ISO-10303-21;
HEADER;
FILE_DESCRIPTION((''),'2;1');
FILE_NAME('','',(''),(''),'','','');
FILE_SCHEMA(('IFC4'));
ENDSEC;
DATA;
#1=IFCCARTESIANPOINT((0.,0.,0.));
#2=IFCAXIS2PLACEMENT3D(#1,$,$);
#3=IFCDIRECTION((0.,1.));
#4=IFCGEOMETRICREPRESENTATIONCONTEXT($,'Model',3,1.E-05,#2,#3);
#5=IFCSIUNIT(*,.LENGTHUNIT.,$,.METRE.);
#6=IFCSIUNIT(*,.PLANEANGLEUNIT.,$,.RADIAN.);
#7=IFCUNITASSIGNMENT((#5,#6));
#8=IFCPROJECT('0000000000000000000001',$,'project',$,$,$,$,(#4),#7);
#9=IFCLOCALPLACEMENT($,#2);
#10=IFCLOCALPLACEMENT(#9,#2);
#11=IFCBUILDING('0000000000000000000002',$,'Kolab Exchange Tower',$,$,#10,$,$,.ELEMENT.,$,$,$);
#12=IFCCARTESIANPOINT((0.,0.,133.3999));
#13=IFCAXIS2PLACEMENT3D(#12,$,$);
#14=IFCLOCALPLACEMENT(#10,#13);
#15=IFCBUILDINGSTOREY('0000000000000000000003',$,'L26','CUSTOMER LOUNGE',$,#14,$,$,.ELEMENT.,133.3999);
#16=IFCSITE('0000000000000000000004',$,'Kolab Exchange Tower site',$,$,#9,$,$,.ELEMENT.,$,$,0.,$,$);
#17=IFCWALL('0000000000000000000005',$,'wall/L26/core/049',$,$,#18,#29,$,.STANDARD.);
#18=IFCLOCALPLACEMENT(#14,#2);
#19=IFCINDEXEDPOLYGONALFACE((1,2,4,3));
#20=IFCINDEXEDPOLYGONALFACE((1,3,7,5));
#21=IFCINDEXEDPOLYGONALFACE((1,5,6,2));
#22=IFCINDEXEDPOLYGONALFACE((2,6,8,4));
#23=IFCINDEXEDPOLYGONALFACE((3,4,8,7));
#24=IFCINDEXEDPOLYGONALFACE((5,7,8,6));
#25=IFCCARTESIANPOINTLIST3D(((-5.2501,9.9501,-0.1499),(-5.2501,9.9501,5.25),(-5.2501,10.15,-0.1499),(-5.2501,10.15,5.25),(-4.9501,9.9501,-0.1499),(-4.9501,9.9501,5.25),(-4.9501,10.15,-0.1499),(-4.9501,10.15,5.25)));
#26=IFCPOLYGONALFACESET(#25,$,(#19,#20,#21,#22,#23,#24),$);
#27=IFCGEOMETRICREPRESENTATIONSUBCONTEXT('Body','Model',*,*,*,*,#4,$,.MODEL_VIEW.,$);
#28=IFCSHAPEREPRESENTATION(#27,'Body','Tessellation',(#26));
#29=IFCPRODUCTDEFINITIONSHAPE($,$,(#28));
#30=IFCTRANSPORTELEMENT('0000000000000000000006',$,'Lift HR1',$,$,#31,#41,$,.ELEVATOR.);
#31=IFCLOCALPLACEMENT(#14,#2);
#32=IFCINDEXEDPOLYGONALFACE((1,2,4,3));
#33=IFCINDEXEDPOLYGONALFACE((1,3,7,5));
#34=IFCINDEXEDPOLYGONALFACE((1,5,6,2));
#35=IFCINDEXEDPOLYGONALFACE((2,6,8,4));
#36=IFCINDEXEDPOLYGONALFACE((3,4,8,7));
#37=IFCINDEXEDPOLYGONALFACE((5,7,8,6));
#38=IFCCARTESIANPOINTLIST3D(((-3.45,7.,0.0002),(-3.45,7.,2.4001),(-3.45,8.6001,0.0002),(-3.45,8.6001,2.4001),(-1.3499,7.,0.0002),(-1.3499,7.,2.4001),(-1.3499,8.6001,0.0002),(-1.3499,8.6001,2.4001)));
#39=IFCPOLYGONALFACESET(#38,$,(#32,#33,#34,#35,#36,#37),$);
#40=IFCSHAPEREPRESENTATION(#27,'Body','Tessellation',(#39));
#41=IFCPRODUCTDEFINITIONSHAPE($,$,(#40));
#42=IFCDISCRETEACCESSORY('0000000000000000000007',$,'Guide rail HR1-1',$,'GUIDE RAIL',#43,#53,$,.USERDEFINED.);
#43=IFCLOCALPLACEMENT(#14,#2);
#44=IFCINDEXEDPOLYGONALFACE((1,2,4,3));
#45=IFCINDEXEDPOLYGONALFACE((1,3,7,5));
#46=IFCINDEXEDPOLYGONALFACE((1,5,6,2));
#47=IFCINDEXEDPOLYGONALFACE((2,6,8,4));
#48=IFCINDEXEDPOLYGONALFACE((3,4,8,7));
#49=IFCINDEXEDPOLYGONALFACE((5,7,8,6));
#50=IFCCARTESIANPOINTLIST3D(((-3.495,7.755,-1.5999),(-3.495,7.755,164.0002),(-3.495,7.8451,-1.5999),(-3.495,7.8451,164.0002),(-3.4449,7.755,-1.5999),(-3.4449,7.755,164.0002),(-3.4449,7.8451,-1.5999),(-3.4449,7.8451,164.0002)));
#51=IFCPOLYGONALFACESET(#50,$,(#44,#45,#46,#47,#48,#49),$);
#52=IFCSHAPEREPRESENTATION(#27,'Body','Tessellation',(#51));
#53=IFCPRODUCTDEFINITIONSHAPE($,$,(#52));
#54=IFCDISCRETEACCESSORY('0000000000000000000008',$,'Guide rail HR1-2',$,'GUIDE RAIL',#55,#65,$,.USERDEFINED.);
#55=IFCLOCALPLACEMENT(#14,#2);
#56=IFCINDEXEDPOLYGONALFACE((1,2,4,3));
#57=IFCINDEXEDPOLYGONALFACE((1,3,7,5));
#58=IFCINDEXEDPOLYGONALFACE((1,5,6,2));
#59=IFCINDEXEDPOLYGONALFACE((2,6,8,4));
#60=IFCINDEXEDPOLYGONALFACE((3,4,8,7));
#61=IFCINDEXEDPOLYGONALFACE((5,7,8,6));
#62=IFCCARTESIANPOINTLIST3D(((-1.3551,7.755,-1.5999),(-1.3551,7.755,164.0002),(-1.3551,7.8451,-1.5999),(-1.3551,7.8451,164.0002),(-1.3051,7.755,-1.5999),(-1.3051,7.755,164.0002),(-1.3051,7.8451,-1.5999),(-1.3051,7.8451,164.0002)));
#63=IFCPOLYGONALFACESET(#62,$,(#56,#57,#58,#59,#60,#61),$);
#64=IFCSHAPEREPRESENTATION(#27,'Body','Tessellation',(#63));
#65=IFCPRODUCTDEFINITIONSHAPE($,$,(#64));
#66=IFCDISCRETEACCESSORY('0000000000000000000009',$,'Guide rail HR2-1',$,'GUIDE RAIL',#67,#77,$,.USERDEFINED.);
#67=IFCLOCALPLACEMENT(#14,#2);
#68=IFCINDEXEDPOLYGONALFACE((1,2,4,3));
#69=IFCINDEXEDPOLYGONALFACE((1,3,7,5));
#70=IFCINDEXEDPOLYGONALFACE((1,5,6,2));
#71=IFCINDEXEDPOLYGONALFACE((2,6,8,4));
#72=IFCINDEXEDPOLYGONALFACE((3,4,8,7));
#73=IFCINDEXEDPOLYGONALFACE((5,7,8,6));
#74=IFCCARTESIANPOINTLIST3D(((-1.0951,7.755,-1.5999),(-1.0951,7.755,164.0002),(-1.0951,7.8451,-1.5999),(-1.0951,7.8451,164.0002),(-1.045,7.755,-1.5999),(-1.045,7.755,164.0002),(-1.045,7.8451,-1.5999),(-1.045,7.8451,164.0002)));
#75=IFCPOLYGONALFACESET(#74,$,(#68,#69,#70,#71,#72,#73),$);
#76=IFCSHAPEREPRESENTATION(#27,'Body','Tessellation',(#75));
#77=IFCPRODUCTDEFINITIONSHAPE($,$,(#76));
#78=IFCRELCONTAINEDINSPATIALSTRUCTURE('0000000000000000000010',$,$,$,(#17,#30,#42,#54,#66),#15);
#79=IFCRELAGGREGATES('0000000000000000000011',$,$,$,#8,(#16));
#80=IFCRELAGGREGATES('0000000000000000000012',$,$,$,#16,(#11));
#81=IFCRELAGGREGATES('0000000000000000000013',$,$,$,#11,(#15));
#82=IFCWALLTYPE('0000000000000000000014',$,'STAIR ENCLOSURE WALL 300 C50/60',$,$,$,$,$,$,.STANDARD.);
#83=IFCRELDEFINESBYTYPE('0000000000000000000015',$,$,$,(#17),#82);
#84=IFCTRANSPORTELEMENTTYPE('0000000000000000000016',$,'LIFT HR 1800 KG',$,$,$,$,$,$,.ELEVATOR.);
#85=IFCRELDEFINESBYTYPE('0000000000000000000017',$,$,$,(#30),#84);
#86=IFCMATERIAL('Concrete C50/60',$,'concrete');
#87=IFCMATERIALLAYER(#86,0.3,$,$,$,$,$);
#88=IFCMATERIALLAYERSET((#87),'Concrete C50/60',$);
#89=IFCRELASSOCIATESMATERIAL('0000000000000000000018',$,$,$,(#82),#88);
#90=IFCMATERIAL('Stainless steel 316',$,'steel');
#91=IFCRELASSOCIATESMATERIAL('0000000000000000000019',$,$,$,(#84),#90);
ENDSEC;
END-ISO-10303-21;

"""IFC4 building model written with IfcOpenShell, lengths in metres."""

from ifc_helpers import new_model, si_unit, direction, frame, frame_2d, origin, origin_2d, place, context, subcontext, project, spatial, rectangle, extrude, material, layer, layer_set, type_object, element, save


model = new_model("IFC4")

# Units and contexts
model_context = context("Model", 3, precision=1e-05, world=origin(), true_north=direction((0.0, 1.0)))
body_context = subcontext(model_context, "Body", "Model", "MODEL_VIEW")
ifc_project = project(units=[si_unit("LENGTHUNIT", "METRE"), si_unit("PLANEANGLEUNIT", "RADIAN")], contexts=[model_context])

# Site, building, storey
site_placement = place(None, origin())
site = spatial("IfcSite", under=ifc_project, at=site_placement, Name="Kolab Exchange Tower site", CompositionType="ELEMENT", RefElevation=0.0)
building_placement = place(site_placement, origin())
building = spatial("IfcBuilding", under=site, at=building_placement, Name="Kolab Exchange Tower", CompositionType="ELEMENT")
storey_placement = place(building_placement, frame((0.0, 0.0, 133.3999)))
storey = spatial("IfcBuildingStorey", under=building, at=storey_placement, Name="L26", Description="CUSTOMER LOUNGE", CompositionType="ELEMENT", Elevation=133.3999)

# Wall
ifc_material_1 = material(Name="Concrete C50/60", Category="concrete")
ifc_layer_1 = layer(ifc_material_1, 0.3)
ifc_layer_set_1 = layer_set([ifc_layer_1], Name="Concrete C50/60")
wall_type_1 = type_object("IfcWallType", Name="STAIR ENCLOSURE WALL 300 C50/60", PredefinedType="STANDARD", material=ifc_layer_set_1)
wall_1_placement = place(storey_placement, frame((-5.1001, 9.95, -0.1499), z_axis=(0.0, 0.0, 1.0), x_axis=(0.0, 1.0, 0.0)))
element("IfcWall", 1, at=wall_1_placement, inside=storey, type_object=wall_type_1, Name="wall/L26/core/049", PredefinedType="STANDARD", context=body_context, shape_type="SweptSolid", body=[
    extrude(rectangle(XDim=0.2, YDim=0.3, at=frame_2d((0.1001, 0.0))), origin(), (0.0, 0.0, 1.0), 5.3999),
])

# Transport element
ifc_material_2 = material(Name="Stainless steel 316", Category="steel")
transport_element_type = type_object("IfcTransportElementType", Name="LIFT HR 1800 KG", PredefinedType="ELEVATOR", material=ifc_material_2)
transport_element_placement = place(storey_placement, frame((-2.3999, 7.8, 0.0002), z_axis=(0.0, 0.0, 1.0), x_axis=(1.0, 0.0, 0.0)))
element("IfcTransportElement", 2, at=transport_element_placement, inside=storey, type_object=transport_element_type, Name="Lift HR1", PredefinedType="ELEVATOR", context=body_context, shape_type="SweptSolid", body=[
    extrude(rectangle(XDim=2.1001, YDim=1.6001, at=origin_2d()), origin(), (0.0, 0.0, 1.0), 2.3999),
])

# Discrete accessories
for number, where, z_axis, x_axis, name in (
    (3, (-3.47, 7.8, -1.5999), (0.0, 0.0, 1.0), (1.0, 0.0, 0.0), "Guide rail HR1-1"),
    (4, (-1.3301, 7.8, -1.5999), (0.0, 0.0, 1.0), (1.0, 0.0, 0.0), "Guide rail HR1-2"),
    (5, (-1.0701, 7.8, -1.5999), (0.0, 0.0, 1.0), (1.0, 0.0, 0.0), "Guide rail HR2-1"),
):
    element("IfcDiscreteAccessory", number, at=place(storey_placement, frame(where, z_axis=z_axis, x_axis=x_axis)), inside=storey, Name=name, ObjectType="GUIDE RAIL", PredefinedType="USERDEFINED", context=body_context, shape_type="SweptSolid", body=[
        extrude(rectangle(XDim=0.05, YDim=0.0901, at=origin_2d()), origin(), (0.0, 0.0, 1.0), 165.6001),
    ])

save(model, "model.ifc")
